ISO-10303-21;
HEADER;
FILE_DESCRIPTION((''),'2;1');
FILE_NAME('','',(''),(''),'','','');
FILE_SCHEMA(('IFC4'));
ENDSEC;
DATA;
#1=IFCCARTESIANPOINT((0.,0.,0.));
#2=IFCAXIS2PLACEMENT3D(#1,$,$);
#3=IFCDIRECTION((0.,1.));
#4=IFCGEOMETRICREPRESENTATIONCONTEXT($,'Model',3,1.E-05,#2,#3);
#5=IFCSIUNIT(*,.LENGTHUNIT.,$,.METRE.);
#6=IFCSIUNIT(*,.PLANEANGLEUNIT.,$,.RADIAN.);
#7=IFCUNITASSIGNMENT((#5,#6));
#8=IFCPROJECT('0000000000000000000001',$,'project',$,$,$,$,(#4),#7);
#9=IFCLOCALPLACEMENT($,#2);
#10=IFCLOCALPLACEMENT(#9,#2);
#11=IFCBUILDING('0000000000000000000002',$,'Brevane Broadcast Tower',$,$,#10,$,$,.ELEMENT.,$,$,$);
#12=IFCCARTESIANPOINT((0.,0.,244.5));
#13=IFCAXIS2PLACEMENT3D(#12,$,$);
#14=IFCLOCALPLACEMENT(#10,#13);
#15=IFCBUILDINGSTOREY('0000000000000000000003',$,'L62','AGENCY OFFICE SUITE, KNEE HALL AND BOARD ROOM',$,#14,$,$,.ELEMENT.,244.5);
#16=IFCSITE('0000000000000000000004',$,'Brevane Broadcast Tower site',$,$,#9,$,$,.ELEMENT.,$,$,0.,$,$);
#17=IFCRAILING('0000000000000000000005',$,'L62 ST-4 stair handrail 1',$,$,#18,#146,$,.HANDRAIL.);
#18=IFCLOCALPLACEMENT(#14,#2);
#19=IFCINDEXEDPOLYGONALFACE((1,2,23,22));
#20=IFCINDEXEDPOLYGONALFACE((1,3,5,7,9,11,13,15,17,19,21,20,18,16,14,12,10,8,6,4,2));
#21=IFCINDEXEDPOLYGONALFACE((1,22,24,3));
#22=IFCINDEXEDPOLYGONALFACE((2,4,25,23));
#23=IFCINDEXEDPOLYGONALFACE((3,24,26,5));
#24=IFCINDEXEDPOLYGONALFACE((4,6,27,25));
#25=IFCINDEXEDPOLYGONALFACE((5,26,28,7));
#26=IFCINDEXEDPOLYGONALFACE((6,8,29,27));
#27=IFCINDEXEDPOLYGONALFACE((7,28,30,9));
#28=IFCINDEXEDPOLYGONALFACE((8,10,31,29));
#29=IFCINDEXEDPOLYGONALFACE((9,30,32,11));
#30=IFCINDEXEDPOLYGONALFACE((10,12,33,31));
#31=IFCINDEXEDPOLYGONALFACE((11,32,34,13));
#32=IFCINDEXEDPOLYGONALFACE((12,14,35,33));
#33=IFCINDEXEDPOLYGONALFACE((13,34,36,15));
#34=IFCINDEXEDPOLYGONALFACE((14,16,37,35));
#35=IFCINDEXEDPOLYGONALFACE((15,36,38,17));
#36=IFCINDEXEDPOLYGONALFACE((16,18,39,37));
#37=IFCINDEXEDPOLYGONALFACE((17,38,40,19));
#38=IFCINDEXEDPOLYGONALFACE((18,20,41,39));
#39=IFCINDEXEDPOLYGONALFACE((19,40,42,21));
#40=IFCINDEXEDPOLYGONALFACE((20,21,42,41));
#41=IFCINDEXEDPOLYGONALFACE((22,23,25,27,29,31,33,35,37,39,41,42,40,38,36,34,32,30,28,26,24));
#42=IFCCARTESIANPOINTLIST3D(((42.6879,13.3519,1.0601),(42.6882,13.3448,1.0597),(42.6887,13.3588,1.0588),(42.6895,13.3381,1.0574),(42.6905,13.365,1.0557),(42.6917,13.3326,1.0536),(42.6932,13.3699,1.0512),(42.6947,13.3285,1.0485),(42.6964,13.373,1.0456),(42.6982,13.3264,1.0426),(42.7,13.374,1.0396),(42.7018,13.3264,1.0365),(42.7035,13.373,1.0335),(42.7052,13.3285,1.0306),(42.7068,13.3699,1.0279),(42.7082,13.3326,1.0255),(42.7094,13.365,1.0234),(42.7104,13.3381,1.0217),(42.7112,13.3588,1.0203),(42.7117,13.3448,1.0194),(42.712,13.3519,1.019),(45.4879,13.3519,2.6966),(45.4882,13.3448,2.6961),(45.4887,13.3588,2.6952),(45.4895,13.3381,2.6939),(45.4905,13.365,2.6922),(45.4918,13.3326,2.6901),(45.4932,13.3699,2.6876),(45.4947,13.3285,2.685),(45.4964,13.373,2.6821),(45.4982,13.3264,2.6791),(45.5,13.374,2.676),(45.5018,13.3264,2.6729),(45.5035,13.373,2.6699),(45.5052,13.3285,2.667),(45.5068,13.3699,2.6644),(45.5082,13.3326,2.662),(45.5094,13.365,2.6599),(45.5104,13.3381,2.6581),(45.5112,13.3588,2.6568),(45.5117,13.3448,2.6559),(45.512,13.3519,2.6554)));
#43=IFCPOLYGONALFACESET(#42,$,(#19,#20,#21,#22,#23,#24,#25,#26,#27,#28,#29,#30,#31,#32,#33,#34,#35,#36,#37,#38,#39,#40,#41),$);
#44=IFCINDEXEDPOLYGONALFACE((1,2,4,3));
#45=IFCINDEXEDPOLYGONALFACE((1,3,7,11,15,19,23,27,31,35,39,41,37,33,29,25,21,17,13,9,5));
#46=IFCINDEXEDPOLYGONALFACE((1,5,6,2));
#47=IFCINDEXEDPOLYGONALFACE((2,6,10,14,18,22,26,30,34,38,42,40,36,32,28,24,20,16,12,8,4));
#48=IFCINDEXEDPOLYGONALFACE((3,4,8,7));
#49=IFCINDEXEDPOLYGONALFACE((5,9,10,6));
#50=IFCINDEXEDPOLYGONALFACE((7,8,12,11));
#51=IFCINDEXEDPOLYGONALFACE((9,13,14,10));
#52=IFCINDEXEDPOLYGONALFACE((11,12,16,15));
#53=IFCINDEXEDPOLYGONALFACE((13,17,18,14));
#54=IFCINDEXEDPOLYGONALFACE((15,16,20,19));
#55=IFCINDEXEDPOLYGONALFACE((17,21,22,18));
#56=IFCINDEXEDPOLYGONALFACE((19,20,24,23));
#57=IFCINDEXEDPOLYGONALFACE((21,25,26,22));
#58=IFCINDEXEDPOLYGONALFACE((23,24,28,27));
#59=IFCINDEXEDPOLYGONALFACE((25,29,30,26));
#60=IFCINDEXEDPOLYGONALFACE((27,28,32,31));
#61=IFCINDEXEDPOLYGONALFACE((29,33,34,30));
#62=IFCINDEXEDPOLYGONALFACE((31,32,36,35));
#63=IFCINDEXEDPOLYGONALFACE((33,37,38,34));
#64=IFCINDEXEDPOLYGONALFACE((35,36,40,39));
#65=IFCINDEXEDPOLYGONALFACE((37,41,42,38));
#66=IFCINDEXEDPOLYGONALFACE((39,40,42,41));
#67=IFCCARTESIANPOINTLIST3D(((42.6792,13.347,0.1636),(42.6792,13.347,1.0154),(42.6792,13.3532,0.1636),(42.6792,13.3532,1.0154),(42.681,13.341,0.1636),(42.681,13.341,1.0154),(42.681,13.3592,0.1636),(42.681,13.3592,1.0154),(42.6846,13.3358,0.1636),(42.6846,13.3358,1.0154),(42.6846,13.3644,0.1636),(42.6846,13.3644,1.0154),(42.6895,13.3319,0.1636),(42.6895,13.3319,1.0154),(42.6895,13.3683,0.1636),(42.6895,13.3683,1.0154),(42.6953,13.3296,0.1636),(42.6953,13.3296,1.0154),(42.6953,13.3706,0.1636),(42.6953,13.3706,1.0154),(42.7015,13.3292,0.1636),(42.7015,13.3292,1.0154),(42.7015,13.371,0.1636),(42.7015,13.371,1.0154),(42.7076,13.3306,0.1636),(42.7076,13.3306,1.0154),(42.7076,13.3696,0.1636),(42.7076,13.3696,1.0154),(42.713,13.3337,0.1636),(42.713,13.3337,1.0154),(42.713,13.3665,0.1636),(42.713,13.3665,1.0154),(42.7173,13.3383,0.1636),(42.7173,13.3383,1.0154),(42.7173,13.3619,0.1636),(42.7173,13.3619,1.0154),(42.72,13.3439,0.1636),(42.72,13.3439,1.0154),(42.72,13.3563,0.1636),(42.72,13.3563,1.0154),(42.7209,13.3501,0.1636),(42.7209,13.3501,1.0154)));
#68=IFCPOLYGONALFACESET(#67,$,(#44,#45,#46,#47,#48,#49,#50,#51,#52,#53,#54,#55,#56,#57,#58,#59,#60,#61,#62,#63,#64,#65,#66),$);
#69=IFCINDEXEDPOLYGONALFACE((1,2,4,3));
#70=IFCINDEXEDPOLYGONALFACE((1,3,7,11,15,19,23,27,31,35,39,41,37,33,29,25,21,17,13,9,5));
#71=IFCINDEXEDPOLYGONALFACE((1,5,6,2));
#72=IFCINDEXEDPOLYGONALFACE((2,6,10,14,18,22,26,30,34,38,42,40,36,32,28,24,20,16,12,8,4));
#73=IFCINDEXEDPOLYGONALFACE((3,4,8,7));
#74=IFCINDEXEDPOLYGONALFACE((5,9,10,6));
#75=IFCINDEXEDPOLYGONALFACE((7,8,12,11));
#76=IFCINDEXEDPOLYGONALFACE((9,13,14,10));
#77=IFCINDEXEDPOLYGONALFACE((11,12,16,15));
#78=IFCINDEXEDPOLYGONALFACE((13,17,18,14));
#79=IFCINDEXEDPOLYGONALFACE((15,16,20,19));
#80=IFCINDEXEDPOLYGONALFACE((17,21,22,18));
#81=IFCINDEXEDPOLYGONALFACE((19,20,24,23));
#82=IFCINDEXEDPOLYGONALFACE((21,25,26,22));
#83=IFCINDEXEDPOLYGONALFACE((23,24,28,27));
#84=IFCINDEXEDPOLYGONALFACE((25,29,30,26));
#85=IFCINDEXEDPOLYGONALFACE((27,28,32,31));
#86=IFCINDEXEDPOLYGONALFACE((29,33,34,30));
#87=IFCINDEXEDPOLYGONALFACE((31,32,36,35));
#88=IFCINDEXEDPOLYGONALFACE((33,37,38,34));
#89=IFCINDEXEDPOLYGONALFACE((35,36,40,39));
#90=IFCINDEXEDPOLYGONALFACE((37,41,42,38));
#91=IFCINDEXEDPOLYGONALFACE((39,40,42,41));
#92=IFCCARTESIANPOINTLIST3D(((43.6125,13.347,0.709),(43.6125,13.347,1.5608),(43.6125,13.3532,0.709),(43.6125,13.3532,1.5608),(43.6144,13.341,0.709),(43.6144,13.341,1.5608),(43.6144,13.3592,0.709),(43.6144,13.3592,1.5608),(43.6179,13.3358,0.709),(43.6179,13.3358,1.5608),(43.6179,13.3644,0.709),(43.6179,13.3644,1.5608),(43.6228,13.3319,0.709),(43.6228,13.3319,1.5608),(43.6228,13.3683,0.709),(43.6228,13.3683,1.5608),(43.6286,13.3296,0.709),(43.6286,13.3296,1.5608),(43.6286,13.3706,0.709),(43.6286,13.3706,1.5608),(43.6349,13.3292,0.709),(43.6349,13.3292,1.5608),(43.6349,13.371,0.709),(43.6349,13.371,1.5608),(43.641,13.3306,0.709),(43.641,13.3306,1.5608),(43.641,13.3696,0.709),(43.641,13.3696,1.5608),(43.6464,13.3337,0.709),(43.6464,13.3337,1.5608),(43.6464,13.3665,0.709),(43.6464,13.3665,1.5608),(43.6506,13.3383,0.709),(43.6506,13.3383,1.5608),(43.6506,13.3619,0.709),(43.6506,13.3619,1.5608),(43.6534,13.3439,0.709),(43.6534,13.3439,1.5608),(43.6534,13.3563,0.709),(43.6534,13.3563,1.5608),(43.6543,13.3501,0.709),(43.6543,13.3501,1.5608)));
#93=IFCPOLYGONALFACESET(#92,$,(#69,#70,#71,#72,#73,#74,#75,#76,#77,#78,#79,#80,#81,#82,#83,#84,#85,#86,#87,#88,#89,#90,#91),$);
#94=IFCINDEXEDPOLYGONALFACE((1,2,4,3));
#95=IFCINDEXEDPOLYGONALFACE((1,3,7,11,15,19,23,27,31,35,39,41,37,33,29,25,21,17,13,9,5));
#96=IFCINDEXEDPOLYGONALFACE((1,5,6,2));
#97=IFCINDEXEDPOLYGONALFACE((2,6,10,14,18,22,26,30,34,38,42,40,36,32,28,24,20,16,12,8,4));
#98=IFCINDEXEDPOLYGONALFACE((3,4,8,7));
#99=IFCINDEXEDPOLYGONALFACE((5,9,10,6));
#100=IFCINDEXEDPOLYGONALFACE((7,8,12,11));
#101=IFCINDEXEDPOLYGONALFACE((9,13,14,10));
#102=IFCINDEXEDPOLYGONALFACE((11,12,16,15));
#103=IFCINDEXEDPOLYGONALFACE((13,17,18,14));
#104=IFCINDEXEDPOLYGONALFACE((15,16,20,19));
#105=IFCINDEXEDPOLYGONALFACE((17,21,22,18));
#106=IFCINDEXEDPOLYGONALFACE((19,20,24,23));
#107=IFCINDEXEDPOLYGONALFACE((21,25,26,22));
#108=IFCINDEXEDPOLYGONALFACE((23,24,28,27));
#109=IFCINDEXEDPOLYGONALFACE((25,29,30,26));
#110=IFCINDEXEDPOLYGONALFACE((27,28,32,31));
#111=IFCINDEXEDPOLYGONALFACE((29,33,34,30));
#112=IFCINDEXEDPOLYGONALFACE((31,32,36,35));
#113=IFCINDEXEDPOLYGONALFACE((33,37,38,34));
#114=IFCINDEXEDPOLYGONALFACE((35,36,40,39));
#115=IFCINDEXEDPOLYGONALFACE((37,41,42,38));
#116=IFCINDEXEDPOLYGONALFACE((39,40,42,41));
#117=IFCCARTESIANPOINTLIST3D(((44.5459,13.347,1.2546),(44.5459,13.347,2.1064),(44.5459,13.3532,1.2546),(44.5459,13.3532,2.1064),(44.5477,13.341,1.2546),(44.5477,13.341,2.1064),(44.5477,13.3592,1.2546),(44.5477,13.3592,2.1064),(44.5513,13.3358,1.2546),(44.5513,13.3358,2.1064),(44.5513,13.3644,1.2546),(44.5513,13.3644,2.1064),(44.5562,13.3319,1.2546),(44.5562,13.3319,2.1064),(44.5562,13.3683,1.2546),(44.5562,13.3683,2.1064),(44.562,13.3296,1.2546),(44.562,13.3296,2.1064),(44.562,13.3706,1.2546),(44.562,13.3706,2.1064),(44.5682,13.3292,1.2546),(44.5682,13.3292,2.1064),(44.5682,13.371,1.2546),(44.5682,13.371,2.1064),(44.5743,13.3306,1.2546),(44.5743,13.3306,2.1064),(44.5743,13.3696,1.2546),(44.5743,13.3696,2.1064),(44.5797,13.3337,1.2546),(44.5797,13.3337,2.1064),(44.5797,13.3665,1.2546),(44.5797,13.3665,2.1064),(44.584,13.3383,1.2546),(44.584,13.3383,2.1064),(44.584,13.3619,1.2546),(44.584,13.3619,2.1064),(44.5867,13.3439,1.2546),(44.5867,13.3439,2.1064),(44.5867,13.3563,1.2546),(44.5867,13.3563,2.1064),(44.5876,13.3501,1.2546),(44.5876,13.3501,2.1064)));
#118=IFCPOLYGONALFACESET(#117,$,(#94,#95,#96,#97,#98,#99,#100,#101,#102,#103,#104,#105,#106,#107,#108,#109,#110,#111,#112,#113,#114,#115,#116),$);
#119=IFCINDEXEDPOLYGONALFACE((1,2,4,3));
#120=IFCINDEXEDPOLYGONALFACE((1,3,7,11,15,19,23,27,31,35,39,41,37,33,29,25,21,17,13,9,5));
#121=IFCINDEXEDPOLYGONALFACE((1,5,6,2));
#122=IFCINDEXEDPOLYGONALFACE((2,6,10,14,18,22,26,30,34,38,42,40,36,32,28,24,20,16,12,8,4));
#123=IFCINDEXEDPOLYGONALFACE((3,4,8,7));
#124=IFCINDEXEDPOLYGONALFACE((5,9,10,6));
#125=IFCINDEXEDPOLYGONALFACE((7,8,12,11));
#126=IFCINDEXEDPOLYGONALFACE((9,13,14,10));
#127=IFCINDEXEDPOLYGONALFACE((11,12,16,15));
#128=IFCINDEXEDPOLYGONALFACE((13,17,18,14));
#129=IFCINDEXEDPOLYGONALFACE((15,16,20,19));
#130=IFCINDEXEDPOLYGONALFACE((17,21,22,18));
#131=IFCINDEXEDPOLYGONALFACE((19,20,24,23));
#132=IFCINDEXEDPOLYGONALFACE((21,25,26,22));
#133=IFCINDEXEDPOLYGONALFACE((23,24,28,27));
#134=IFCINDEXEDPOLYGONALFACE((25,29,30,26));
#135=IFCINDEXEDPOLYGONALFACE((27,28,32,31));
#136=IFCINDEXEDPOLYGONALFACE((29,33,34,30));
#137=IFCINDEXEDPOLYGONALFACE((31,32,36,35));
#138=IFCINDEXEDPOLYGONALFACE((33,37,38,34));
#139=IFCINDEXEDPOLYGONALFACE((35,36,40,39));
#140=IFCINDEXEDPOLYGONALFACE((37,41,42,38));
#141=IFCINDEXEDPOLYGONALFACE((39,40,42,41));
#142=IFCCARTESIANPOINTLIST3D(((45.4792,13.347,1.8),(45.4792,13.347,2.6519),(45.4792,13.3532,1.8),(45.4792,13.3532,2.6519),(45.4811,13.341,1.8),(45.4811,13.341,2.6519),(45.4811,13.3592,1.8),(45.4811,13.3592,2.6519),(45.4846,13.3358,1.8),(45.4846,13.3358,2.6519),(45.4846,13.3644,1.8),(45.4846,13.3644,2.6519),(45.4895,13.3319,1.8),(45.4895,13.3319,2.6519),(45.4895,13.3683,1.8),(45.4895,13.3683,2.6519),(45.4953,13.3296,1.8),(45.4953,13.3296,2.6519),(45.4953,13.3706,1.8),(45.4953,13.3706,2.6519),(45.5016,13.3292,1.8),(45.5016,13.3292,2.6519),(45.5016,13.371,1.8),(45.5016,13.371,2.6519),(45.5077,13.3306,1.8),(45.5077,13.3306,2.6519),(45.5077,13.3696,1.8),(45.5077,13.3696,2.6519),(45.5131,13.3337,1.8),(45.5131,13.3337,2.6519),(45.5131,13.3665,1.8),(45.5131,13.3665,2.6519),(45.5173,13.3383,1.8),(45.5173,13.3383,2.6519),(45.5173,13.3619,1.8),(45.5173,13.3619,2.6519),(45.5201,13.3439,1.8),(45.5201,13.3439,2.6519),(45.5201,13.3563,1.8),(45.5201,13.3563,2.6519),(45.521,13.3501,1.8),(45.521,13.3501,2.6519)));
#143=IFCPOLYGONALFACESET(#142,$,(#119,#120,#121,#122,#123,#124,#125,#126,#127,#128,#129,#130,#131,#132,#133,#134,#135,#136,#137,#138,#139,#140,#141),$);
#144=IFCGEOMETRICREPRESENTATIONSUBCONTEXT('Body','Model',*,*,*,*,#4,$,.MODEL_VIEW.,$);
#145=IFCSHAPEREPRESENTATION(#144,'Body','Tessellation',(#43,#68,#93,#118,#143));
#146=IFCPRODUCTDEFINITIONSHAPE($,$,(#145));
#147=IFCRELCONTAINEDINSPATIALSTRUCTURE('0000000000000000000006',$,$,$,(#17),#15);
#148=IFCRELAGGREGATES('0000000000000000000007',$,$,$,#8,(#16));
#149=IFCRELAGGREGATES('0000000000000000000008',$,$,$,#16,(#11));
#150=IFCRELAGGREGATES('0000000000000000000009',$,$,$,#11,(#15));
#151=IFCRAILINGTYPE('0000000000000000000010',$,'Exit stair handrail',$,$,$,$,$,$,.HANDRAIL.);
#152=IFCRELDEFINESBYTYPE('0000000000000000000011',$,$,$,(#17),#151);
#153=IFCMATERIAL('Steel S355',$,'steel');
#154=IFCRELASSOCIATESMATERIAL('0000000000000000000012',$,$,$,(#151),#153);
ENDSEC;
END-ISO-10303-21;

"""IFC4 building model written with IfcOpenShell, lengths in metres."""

from ifc_helpers import new_model, si_unit, direction, frame, origin, origin_2d, place, context, subcontext, project, spatial, circle, extrude, material, type_object, element, save


model = new_model("IFC4")

# Units and contexts
model_context = context("Model", 3, precision=1e-05, world=origin(), true_north=direction((0.0, 1.0)))
body_context = subcontext(model_context, "Body", "Model", "MODEL_VIEW")
ifc_project = project(units=[si_unit("LENGTHUNIT", "METRE"), si_unit("PLANEANGLEUNIT", "RADIAN")], contexts=[model_context])

# Site, building, storey
site_placement = place(None, origin())
site = spatial("IfcSite", under=ifc_project, at=site_placement, Name="Brevane Broadcast Tower site", CompositionType="ELEMENT", RefElevation=0.0)
building_placement = place(site_placement, origin())
building = spatial("IfcBuilding", under=site, at=building_placement, Name="Brevane Broadcast Tower", CompositionType="ELEMENT")
storey_placement = place(building_placement, frame((0.0, 0.0, 244.5)))
storey = spatial("IfcBuildingStorey", under=building, at=storey_placement, Name="L62", Description="AGENCY OFFICE SUITE, KNEE HALL AND BOARD ROOM", CompositionType="ELEMENT", Elevation=244.5)

# Railing
ifc_material_1 = material(Name="Steel S355", Category="steel")
railing_type_1 = type_object("IfcRailingType", Name="Exit stair handrail", PredefinedType="HANDRAIL", material=ifc_material_1)
railing_1_placement = place(storey_placement, frame((42.7, 13.3501, 0.1636)))
element("IfcRailing", 1, at=railing_1_placement, inside=storey, type_object=railing_type_1, Name="L62 ST-4 stair handrail 1", PredefinedType="HANDRAIL", context=body_context, shape_type="SweptSolid", body=[
    extrude(circle(Radius=0.0239, at=origin_2d()), frame((0.0, 0.0, 0.876), z_axis=(0.863361, 0.0, 0.504587), x_axis=(0.0, 1.0, 0.0)), (0.0, 0.0, 1.0), 3.2432),
    extrude(circle(Radius=0.021, at=origin_2d()), origin(), (0.0, 0.0, 1.0), 0.8518),
    extrude(circle(Radius=0.021, at=origin_2d()), frame((0.9333, 0.0, 0.5454)), (0.0, 0.0, 1.0), 0.8518),
    extrude(circle(Radius=0.021, at=origin_2d()), frame((1.8667, 0.0, 1.0911)), (0.0, 0.0, 1.0), 0.8518),
    extrude(circle(Radius=0.021, at=origin_2d()), frame((2.8, 0.0, 1.6365)), (0.0, 0.0, 1.0), 0.8518),
])

save(model, "model.ifc")
